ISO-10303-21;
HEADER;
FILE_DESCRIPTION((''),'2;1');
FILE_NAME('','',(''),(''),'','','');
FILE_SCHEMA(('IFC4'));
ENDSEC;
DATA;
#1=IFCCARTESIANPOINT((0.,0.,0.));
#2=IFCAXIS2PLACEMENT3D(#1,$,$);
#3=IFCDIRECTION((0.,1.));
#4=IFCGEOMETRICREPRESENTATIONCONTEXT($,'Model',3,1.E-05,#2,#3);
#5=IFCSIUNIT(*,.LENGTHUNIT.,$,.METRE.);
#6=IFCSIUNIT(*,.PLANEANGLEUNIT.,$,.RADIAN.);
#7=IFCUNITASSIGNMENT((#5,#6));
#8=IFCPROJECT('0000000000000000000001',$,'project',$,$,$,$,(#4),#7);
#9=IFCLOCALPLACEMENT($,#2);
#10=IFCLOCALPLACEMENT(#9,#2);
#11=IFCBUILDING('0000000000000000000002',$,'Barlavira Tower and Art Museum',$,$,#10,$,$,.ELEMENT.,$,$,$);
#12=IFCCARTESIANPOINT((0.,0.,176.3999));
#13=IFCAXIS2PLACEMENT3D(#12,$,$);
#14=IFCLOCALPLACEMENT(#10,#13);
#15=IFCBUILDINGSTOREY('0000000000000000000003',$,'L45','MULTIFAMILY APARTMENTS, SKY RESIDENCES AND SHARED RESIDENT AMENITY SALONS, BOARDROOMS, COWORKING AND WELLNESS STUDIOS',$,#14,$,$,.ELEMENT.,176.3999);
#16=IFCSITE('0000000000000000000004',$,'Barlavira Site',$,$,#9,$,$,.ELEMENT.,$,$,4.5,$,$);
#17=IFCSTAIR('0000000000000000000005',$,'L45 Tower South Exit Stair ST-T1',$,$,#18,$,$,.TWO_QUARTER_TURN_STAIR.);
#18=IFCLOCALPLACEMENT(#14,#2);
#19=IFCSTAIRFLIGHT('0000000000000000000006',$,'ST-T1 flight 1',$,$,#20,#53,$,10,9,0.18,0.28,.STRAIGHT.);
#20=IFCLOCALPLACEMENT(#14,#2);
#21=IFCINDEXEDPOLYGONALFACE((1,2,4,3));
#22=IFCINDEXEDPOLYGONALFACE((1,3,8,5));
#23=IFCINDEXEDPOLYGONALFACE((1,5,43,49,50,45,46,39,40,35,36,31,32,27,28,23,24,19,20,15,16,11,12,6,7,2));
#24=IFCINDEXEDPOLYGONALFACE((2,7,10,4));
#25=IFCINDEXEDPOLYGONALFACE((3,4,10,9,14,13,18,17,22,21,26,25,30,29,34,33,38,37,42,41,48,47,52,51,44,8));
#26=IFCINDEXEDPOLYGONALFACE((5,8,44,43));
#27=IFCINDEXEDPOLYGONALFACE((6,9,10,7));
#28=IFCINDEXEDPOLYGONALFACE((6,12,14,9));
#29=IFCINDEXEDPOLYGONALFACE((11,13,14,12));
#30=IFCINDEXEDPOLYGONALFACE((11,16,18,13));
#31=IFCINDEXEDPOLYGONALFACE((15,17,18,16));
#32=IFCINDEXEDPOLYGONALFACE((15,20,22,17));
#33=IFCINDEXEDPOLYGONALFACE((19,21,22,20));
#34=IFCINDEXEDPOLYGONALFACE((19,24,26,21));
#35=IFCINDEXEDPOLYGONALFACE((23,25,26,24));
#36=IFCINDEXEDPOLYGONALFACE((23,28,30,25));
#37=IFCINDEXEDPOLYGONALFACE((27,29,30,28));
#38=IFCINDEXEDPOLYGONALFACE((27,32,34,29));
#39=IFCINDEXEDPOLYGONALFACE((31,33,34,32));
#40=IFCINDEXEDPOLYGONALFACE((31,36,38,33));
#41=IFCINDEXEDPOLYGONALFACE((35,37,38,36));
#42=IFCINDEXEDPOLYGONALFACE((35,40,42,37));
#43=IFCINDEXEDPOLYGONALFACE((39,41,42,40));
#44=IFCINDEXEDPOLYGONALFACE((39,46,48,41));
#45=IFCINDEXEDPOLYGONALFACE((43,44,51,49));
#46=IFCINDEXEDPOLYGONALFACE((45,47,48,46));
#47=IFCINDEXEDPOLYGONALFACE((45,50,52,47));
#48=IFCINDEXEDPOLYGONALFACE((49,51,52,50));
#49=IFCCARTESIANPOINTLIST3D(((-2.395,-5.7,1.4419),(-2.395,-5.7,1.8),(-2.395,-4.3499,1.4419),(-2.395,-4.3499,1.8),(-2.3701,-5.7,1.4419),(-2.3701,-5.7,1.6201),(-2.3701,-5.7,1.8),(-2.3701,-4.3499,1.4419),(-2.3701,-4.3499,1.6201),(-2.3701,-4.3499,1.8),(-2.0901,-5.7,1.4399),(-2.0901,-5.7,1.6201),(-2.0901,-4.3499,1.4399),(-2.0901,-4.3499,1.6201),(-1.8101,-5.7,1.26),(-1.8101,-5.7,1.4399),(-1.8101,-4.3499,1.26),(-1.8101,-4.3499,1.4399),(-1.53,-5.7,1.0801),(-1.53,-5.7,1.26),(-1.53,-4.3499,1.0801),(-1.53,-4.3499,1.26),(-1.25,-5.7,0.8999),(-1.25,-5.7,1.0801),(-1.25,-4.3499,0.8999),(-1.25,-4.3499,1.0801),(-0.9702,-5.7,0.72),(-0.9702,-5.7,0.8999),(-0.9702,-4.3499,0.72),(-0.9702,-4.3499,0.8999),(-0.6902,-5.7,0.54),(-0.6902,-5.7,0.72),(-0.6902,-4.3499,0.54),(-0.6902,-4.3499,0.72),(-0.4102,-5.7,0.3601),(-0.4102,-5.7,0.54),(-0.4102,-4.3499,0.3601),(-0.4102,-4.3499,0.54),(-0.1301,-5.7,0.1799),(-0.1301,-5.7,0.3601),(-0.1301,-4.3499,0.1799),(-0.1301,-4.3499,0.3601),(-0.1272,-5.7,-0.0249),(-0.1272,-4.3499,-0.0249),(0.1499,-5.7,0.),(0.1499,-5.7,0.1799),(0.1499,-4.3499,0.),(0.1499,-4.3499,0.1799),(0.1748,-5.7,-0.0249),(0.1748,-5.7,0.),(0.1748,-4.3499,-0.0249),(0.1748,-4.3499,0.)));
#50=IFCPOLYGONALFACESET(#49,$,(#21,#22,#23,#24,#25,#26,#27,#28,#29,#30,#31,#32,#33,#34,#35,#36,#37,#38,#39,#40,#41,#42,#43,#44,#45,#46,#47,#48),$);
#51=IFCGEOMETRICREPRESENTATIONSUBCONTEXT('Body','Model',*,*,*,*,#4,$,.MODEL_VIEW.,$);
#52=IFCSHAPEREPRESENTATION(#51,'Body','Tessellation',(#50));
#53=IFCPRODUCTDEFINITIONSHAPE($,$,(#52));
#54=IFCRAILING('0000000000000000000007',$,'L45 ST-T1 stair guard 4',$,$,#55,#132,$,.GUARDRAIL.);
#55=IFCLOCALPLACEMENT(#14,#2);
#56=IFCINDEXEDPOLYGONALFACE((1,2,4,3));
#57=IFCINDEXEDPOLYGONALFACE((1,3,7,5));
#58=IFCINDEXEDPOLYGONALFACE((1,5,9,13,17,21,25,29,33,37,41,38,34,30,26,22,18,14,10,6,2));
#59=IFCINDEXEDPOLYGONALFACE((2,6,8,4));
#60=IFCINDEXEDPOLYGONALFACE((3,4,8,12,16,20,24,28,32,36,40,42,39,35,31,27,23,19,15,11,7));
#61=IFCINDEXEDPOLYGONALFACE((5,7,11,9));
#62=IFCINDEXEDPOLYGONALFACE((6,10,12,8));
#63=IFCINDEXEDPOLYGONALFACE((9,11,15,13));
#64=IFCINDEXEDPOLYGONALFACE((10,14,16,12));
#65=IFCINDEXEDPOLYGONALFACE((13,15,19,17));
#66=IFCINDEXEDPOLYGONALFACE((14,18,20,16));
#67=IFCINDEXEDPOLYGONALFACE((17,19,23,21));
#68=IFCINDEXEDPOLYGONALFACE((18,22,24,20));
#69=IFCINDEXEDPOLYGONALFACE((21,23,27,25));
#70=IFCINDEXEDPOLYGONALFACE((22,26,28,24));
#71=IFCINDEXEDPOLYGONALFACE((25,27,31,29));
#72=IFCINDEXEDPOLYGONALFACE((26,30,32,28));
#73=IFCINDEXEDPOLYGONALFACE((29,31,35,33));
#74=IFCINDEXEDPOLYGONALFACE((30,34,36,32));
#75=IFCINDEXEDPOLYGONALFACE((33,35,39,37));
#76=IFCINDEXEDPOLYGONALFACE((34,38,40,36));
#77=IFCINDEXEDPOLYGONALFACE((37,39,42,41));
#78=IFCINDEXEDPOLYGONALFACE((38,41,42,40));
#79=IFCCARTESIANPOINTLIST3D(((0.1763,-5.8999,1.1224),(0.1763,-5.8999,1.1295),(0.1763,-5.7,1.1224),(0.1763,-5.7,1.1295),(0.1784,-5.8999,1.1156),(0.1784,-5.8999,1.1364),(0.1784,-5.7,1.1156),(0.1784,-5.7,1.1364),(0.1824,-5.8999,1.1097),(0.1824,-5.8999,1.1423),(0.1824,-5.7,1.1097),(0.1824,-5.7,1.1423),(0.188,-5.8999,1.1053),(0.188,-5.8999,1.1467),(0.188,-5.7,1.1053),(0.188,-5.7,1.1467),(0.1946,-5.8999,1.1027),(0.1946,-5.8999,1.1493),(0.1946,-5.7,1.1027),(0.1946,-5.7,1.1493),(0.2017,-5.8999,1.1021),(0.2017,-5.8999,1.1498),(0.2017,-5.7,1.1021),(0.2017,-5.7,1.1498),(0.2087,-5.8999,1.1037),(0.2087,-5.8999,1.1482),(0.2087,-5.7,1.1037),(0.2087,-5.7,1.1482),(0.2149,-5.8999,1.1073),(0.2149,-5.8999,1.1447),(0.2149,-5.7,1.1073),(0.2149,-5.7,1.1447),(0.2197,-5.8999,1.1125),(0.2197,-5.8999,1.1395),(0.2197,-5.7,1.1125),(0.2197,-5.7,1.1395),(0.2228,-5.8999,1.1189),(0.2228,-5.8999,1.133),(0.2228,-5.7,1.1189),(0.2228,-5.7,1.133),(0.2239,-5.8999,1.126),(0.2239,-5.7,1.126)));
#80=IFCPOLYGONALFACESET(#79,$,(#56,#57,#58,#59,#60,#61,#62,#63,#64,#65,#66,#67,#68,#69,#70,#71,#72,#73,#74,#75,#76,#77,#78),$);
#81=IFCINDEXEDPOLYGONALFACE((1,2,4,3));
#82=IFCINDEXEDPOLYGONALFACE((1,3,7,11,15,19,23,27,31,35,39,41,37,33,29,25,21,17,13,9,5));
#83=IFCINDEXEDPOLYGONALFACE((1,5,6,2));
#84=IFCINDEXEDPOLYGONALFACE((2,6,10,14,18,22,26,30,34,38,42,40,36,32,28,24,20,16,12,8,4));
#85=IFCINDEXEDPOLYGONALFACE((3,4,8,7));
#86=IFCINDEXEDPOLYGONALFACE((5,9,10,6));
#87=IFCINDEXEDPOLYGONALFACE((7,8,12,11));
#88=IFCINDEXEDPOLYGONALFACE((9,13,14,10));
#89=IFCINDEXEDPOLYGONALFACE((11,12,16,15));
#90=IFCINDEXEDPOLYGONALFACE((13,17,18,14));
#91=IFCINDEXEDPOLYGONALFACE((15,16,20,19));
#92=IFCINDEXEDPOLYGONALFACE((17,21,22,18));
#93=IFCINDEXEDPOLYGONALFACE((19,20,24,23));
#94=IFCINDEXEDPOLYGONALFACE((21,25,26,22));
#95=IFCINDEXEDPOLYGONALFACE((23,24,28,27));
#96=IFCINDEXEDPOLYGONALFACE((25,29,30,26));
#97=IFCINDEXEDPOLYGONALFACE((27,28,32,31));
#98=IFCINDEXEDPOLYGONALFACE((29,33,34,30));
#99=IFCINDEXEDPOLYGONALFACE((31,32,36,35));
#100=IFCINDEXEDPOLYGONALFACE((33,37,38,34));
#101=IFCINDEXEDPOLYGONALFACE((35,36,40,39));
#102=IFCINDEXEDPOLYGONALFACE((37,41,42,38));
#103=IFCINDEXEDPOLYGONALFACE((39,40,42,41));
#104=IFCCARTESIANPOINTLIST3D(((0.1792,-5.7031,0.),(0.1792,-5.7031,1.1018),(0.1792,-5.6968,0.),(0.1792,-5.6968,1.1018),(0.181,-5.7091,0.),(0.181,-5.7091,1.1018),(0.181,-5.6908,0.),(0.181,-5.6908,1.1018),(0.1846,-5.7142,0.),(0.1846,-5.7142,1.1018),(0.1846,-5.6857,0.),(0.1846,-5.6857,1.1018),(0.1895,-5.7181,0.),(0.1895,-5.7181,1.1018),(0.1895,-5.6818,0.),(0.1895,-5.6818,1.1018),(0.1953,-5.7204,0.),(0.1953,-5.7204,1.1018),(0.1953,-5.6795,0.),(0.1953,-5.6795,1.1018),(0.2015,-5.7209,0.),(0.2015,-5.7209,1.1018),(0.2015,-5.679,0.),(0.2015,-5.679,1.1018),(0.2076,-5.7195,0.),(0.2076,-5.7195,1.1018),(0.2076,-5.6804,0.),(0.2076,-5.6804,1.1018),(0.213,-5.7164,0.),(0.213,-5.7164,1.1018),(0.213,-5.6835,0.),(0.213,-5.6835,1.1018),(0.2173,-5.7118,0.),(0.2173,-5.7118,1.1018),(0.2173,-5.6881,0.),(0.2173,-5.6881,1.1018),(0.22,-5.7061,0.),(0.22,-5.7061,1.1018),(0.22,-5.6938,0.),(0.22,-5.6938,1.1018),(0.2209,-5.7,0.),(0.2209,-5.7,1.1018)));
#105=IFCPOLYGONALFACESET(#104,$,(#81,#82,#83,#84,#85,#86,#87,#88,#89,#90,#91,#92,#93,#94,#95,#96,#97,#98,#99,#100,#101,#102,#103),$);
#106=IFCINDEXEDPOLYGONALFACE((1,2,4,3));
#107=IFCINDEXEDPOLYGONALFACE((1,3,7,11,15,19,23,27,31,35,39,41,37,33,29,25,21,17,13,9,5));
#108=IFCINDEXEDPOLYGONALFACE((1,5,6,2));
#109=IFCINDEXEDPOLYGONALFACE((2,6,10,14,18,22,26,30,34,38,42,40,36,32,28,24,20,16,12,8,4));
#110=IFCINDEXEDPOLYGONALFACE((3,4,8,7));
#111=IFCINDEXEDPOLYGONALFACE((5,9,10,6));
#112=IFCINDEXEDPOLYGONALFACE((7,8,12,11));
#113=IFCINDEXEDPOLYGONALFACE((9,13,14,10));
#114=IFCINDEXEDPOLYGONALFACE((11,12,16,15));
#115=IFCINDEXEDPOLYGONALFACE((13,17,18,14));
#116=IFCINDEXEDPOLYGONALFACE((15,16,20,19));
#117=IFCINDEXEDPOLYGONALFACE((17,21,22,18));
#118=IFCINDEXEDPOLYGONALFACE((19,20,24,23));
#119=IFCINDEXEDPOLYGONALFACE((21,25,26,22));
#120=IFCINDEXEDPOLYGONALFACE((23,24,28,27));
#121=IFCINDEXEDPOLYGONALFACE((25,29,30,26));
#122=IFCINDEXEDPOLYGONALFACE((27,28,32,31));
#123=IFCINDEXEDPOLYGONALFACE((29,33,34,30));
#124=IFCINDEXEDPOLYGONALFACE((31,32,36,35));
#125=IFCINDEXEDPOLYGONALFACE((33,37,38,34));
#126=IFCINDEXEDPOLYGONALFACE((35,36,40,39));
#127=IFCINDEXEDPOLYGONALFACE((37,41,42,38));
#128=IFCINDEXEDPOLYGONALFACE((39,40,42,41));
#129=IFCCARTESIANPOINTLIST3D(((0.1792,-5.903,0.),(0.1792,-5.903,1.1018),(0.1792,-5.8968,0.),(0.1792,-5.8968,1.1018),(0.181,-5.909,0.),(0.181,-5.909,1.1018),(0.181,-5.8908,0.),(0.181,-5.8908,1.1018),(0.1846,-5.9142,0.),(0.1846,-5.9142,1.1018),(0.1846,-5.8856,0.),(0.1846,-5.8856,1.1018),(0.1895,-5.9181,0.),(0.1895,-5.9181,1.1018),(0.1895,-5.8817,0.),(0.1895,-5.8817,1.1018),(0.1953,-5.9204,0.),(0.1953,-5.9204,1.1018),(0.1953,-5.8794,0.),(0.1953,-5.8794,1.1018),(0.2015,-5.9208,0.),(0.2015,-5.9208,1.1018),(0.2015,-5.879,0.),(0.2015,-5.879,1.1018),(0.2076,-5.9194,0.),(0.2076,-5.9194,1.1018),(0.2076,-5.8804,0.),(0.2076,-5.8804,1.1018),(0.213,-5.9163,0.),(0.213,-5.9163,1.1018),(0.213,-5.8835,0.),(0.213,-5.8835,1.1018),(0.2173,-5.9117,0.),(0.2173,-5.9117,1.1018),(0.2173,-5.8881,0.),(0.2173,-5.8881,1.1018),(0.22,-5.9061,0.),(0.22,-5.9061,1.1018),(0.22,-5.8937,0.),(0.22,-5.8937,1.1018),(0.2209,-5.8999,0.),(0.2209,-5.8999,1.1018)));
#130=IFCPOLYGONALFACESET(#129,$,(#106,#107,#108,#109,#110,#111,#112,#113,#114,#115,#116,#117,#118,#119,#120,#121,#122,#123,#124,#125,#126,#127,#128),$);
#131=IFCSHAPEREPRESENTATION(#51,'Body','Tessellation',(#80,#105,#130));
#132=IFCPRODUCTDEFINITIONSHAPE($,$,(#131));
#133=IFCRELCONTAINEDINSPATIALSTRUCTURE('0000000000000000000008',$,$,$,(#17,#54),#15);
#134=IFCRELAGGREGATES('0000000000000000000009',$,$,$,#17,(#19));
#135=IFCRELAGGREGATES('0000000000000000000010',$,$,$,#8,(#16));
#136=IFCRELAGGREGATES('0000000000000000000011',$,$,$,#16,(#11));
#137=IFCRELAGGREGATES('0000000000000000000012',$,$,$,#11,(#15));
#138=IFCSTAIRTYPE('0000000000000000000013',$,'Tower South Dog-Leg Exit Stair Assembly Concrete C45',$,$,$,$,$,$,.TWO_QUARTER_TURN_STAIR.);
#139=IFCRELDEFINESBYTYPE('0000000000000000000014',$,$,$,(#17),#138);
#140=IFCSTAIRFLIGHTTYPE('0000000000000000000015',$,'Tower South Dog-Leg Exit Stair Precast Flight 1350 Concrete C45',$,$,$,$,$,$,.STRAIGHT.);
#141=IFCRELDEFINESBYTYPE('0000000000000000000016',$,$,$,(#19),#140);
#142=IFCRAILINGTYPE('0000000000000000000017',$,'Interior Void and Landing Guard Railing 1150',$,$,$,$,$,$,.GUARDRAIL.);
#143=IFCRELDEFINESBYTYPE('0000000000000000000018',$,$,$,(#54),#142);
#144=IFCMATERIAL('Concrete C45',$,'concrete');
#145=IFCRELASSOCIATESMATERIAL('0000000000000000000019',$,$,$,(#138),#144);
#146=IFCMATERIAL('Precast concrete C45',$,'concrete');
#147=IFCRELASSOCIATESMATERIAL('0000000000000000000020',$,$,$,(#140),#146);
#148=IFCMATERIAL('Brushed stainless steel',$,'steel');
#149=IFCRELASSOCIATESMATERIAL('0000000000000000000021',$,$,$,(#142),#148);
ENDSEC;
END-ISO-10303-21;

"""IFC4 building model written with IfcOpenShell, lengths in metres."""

from ifc_helpers import new_model, si_unit, direction, frame, origin, origin_2d, place, context, subcontext, project, spatial, polyline, circle, outline, extrude, material, type_object, element, aggregate, save


model = new_model("IFC4")

# Units and contexts
model_context = context("Model", 3, precision=1e-05, world=origin(), true_north=direction((0.0, 1.0)))
body_context = subcontext(model_context, "Body", "Model", "MODEL_VIEW")
ifc_project = project(units=[si_unit("LENGTHUNIT", "METRE"), si_unit("PLANEANGLEUNIT", "RADIAN")], contexts=[model_context])

# Site, building, storey
site_placement = place(None, origin())
site = spatial("IfcSite", under=ifc_project, at=site_placement, Name="Barlavira Site", CompositionType="ELEMENT", RefElevation=4.5)
building_placement = place(site_placement, origin())
building = spatial("IfcBuilding", under=site, at=building_placement, Name="Barlavira Tower and Art Museum", CompositionType="ELEMENT")
storey_placement = place(building_placement, frame((0.0, 0.0, 176.3999)))
storey = spatial("IfcBuildingStorey", under=building, at=storey_placement, Name="L45", Description="MULTIFAMILY APARTMENTS, SKY RESIDENCES AND SHARED RESIDENT AMENITY SALONS, BOARDROOMS, COWORKING AND WELLNESS STUDIOS", CompositionType="ELEMENT", Elevation=176.3999)

# Shared definitions
ifc_material_1 = material(Name="Brushed stainless steel", Category="steel")

# Stair, stair flight
ifc_material_2 = material(Name="Concrete C45", Category="concrete")
stair_type = type_object("IfcStairType", Name="Tower South Dog-Leg Exit Stair Assembly Concrete C45", PredefinedType="TWO_QUARTER_TURN_STAIR", material=ifc_material_2)
stair_placement = place(storey_placement, origin())
stair = element("IfcStair", 1, at=stair_placement, inside=storey, type_object=stair_type, Name="L45 Tower South Exit Stair ST-T1", PredefinedType="TWO_QUARTER_TURN_STAIR")
ifc_material_3 = material(Name="Precast concrete C45", Category="concrete")
stair_flight_type = type_object("IfcStairFlightType", Name="Tower South Dog-Leg Exit Stair Precast Flight 1350 Concrete C45", PredefinedType="STRAIGHT", material=ifc_material_3)
stair_flight_placement = place(storey_placement, frame((0.1499, -5.0249, 0.0), z_axis=(0.0, 0.0, 1.0), x_axis=(-1.0, 0.0, 0.0)))
stair_flight = element("IfcStairFlight", 2, at=stair_flight_placement, type_object=stair_flight_type, Name="ST-T1 flight 1", NumberOfRisers=10, NumberOfTreads=9, PredefinedType="STRAIGHT", RiserHeight=0.18, TreadLength=0.28, context=body_context, shape_type="SweptSolid", body=[
    extrude(outline(polyline([(-0.0249, 0.0), (0.0, 0.0), (0.0, 0.1799), (0.28, 0.1799), (0.28, 0.3601), (0.5601, 0.3601), (0.5601, 0.54), (0.8401, 0.54), (0.8401, 0.72), (1.1201, 0.72), (1.1201, 0.8999), (1.3999, 0.8999), (1.3999, 1.0801), (1.6799, 1.0801), (1.6799, 1.26), (1.96, 1.26), (1.96, 1.4399), (2.24, 1.4399), (2.24, 1.6201), (2.52, 1.6201), (2.52, 1.8), (2.5449, 1.8), (2.5449, 1.4419), (2.52, 1.4419), (0.2771, -0.0249), (-0.0249, -0.0249), (-0.0249, 0.0)])), frame((0.0, 0.675, 0.0), z_axis=(0.0, -1.0, 0.0), x_axis=(1.0, 0.0, 0.0)), (0.0, 0.0, 1.0), 1.3501),
])
aggregate(stair, [stair_flight])

# Railing
railing_type_1 = type_object("IfcRailingType", Name="Interior Void and Landing Guard Railing 1150", PredefinedType="GUARDRAIL", material=ifc_material_1)
railing_1_placement = place(storey_placement, frame((0.2, -5.7, 0.0)))
element("IfcRailing", 3, at=railing_1_placement, inside=storey, type_object=railing_type_1, Name="L45 ST-T1 stair guard 4", PredefinedType="GUARDRAIL", context=body_context, shape_type="SweptSolid", body=[
    extrude(circle(Radius=0.0239, at=origin_2d()), frame((0.0, 0.0, 1.126), z_axis=(0.0, -1.0, 0.0), x_axis=(1.0, 0.0, 0.0)), (0.0, 0.0, 1.0), 0.2),
    extrude(circle(Radius=0.021, at=origin_2d()), origin(), (0.0, 0.0, 1.0), 1.1018),
    extrude(circle(Radius=0.021, at=origin_2d()), frame((0.0, -0.2, 0.0)), (0.0, 0.0, 1.0), 1.1018),
])

save(model, "model.ifc")
